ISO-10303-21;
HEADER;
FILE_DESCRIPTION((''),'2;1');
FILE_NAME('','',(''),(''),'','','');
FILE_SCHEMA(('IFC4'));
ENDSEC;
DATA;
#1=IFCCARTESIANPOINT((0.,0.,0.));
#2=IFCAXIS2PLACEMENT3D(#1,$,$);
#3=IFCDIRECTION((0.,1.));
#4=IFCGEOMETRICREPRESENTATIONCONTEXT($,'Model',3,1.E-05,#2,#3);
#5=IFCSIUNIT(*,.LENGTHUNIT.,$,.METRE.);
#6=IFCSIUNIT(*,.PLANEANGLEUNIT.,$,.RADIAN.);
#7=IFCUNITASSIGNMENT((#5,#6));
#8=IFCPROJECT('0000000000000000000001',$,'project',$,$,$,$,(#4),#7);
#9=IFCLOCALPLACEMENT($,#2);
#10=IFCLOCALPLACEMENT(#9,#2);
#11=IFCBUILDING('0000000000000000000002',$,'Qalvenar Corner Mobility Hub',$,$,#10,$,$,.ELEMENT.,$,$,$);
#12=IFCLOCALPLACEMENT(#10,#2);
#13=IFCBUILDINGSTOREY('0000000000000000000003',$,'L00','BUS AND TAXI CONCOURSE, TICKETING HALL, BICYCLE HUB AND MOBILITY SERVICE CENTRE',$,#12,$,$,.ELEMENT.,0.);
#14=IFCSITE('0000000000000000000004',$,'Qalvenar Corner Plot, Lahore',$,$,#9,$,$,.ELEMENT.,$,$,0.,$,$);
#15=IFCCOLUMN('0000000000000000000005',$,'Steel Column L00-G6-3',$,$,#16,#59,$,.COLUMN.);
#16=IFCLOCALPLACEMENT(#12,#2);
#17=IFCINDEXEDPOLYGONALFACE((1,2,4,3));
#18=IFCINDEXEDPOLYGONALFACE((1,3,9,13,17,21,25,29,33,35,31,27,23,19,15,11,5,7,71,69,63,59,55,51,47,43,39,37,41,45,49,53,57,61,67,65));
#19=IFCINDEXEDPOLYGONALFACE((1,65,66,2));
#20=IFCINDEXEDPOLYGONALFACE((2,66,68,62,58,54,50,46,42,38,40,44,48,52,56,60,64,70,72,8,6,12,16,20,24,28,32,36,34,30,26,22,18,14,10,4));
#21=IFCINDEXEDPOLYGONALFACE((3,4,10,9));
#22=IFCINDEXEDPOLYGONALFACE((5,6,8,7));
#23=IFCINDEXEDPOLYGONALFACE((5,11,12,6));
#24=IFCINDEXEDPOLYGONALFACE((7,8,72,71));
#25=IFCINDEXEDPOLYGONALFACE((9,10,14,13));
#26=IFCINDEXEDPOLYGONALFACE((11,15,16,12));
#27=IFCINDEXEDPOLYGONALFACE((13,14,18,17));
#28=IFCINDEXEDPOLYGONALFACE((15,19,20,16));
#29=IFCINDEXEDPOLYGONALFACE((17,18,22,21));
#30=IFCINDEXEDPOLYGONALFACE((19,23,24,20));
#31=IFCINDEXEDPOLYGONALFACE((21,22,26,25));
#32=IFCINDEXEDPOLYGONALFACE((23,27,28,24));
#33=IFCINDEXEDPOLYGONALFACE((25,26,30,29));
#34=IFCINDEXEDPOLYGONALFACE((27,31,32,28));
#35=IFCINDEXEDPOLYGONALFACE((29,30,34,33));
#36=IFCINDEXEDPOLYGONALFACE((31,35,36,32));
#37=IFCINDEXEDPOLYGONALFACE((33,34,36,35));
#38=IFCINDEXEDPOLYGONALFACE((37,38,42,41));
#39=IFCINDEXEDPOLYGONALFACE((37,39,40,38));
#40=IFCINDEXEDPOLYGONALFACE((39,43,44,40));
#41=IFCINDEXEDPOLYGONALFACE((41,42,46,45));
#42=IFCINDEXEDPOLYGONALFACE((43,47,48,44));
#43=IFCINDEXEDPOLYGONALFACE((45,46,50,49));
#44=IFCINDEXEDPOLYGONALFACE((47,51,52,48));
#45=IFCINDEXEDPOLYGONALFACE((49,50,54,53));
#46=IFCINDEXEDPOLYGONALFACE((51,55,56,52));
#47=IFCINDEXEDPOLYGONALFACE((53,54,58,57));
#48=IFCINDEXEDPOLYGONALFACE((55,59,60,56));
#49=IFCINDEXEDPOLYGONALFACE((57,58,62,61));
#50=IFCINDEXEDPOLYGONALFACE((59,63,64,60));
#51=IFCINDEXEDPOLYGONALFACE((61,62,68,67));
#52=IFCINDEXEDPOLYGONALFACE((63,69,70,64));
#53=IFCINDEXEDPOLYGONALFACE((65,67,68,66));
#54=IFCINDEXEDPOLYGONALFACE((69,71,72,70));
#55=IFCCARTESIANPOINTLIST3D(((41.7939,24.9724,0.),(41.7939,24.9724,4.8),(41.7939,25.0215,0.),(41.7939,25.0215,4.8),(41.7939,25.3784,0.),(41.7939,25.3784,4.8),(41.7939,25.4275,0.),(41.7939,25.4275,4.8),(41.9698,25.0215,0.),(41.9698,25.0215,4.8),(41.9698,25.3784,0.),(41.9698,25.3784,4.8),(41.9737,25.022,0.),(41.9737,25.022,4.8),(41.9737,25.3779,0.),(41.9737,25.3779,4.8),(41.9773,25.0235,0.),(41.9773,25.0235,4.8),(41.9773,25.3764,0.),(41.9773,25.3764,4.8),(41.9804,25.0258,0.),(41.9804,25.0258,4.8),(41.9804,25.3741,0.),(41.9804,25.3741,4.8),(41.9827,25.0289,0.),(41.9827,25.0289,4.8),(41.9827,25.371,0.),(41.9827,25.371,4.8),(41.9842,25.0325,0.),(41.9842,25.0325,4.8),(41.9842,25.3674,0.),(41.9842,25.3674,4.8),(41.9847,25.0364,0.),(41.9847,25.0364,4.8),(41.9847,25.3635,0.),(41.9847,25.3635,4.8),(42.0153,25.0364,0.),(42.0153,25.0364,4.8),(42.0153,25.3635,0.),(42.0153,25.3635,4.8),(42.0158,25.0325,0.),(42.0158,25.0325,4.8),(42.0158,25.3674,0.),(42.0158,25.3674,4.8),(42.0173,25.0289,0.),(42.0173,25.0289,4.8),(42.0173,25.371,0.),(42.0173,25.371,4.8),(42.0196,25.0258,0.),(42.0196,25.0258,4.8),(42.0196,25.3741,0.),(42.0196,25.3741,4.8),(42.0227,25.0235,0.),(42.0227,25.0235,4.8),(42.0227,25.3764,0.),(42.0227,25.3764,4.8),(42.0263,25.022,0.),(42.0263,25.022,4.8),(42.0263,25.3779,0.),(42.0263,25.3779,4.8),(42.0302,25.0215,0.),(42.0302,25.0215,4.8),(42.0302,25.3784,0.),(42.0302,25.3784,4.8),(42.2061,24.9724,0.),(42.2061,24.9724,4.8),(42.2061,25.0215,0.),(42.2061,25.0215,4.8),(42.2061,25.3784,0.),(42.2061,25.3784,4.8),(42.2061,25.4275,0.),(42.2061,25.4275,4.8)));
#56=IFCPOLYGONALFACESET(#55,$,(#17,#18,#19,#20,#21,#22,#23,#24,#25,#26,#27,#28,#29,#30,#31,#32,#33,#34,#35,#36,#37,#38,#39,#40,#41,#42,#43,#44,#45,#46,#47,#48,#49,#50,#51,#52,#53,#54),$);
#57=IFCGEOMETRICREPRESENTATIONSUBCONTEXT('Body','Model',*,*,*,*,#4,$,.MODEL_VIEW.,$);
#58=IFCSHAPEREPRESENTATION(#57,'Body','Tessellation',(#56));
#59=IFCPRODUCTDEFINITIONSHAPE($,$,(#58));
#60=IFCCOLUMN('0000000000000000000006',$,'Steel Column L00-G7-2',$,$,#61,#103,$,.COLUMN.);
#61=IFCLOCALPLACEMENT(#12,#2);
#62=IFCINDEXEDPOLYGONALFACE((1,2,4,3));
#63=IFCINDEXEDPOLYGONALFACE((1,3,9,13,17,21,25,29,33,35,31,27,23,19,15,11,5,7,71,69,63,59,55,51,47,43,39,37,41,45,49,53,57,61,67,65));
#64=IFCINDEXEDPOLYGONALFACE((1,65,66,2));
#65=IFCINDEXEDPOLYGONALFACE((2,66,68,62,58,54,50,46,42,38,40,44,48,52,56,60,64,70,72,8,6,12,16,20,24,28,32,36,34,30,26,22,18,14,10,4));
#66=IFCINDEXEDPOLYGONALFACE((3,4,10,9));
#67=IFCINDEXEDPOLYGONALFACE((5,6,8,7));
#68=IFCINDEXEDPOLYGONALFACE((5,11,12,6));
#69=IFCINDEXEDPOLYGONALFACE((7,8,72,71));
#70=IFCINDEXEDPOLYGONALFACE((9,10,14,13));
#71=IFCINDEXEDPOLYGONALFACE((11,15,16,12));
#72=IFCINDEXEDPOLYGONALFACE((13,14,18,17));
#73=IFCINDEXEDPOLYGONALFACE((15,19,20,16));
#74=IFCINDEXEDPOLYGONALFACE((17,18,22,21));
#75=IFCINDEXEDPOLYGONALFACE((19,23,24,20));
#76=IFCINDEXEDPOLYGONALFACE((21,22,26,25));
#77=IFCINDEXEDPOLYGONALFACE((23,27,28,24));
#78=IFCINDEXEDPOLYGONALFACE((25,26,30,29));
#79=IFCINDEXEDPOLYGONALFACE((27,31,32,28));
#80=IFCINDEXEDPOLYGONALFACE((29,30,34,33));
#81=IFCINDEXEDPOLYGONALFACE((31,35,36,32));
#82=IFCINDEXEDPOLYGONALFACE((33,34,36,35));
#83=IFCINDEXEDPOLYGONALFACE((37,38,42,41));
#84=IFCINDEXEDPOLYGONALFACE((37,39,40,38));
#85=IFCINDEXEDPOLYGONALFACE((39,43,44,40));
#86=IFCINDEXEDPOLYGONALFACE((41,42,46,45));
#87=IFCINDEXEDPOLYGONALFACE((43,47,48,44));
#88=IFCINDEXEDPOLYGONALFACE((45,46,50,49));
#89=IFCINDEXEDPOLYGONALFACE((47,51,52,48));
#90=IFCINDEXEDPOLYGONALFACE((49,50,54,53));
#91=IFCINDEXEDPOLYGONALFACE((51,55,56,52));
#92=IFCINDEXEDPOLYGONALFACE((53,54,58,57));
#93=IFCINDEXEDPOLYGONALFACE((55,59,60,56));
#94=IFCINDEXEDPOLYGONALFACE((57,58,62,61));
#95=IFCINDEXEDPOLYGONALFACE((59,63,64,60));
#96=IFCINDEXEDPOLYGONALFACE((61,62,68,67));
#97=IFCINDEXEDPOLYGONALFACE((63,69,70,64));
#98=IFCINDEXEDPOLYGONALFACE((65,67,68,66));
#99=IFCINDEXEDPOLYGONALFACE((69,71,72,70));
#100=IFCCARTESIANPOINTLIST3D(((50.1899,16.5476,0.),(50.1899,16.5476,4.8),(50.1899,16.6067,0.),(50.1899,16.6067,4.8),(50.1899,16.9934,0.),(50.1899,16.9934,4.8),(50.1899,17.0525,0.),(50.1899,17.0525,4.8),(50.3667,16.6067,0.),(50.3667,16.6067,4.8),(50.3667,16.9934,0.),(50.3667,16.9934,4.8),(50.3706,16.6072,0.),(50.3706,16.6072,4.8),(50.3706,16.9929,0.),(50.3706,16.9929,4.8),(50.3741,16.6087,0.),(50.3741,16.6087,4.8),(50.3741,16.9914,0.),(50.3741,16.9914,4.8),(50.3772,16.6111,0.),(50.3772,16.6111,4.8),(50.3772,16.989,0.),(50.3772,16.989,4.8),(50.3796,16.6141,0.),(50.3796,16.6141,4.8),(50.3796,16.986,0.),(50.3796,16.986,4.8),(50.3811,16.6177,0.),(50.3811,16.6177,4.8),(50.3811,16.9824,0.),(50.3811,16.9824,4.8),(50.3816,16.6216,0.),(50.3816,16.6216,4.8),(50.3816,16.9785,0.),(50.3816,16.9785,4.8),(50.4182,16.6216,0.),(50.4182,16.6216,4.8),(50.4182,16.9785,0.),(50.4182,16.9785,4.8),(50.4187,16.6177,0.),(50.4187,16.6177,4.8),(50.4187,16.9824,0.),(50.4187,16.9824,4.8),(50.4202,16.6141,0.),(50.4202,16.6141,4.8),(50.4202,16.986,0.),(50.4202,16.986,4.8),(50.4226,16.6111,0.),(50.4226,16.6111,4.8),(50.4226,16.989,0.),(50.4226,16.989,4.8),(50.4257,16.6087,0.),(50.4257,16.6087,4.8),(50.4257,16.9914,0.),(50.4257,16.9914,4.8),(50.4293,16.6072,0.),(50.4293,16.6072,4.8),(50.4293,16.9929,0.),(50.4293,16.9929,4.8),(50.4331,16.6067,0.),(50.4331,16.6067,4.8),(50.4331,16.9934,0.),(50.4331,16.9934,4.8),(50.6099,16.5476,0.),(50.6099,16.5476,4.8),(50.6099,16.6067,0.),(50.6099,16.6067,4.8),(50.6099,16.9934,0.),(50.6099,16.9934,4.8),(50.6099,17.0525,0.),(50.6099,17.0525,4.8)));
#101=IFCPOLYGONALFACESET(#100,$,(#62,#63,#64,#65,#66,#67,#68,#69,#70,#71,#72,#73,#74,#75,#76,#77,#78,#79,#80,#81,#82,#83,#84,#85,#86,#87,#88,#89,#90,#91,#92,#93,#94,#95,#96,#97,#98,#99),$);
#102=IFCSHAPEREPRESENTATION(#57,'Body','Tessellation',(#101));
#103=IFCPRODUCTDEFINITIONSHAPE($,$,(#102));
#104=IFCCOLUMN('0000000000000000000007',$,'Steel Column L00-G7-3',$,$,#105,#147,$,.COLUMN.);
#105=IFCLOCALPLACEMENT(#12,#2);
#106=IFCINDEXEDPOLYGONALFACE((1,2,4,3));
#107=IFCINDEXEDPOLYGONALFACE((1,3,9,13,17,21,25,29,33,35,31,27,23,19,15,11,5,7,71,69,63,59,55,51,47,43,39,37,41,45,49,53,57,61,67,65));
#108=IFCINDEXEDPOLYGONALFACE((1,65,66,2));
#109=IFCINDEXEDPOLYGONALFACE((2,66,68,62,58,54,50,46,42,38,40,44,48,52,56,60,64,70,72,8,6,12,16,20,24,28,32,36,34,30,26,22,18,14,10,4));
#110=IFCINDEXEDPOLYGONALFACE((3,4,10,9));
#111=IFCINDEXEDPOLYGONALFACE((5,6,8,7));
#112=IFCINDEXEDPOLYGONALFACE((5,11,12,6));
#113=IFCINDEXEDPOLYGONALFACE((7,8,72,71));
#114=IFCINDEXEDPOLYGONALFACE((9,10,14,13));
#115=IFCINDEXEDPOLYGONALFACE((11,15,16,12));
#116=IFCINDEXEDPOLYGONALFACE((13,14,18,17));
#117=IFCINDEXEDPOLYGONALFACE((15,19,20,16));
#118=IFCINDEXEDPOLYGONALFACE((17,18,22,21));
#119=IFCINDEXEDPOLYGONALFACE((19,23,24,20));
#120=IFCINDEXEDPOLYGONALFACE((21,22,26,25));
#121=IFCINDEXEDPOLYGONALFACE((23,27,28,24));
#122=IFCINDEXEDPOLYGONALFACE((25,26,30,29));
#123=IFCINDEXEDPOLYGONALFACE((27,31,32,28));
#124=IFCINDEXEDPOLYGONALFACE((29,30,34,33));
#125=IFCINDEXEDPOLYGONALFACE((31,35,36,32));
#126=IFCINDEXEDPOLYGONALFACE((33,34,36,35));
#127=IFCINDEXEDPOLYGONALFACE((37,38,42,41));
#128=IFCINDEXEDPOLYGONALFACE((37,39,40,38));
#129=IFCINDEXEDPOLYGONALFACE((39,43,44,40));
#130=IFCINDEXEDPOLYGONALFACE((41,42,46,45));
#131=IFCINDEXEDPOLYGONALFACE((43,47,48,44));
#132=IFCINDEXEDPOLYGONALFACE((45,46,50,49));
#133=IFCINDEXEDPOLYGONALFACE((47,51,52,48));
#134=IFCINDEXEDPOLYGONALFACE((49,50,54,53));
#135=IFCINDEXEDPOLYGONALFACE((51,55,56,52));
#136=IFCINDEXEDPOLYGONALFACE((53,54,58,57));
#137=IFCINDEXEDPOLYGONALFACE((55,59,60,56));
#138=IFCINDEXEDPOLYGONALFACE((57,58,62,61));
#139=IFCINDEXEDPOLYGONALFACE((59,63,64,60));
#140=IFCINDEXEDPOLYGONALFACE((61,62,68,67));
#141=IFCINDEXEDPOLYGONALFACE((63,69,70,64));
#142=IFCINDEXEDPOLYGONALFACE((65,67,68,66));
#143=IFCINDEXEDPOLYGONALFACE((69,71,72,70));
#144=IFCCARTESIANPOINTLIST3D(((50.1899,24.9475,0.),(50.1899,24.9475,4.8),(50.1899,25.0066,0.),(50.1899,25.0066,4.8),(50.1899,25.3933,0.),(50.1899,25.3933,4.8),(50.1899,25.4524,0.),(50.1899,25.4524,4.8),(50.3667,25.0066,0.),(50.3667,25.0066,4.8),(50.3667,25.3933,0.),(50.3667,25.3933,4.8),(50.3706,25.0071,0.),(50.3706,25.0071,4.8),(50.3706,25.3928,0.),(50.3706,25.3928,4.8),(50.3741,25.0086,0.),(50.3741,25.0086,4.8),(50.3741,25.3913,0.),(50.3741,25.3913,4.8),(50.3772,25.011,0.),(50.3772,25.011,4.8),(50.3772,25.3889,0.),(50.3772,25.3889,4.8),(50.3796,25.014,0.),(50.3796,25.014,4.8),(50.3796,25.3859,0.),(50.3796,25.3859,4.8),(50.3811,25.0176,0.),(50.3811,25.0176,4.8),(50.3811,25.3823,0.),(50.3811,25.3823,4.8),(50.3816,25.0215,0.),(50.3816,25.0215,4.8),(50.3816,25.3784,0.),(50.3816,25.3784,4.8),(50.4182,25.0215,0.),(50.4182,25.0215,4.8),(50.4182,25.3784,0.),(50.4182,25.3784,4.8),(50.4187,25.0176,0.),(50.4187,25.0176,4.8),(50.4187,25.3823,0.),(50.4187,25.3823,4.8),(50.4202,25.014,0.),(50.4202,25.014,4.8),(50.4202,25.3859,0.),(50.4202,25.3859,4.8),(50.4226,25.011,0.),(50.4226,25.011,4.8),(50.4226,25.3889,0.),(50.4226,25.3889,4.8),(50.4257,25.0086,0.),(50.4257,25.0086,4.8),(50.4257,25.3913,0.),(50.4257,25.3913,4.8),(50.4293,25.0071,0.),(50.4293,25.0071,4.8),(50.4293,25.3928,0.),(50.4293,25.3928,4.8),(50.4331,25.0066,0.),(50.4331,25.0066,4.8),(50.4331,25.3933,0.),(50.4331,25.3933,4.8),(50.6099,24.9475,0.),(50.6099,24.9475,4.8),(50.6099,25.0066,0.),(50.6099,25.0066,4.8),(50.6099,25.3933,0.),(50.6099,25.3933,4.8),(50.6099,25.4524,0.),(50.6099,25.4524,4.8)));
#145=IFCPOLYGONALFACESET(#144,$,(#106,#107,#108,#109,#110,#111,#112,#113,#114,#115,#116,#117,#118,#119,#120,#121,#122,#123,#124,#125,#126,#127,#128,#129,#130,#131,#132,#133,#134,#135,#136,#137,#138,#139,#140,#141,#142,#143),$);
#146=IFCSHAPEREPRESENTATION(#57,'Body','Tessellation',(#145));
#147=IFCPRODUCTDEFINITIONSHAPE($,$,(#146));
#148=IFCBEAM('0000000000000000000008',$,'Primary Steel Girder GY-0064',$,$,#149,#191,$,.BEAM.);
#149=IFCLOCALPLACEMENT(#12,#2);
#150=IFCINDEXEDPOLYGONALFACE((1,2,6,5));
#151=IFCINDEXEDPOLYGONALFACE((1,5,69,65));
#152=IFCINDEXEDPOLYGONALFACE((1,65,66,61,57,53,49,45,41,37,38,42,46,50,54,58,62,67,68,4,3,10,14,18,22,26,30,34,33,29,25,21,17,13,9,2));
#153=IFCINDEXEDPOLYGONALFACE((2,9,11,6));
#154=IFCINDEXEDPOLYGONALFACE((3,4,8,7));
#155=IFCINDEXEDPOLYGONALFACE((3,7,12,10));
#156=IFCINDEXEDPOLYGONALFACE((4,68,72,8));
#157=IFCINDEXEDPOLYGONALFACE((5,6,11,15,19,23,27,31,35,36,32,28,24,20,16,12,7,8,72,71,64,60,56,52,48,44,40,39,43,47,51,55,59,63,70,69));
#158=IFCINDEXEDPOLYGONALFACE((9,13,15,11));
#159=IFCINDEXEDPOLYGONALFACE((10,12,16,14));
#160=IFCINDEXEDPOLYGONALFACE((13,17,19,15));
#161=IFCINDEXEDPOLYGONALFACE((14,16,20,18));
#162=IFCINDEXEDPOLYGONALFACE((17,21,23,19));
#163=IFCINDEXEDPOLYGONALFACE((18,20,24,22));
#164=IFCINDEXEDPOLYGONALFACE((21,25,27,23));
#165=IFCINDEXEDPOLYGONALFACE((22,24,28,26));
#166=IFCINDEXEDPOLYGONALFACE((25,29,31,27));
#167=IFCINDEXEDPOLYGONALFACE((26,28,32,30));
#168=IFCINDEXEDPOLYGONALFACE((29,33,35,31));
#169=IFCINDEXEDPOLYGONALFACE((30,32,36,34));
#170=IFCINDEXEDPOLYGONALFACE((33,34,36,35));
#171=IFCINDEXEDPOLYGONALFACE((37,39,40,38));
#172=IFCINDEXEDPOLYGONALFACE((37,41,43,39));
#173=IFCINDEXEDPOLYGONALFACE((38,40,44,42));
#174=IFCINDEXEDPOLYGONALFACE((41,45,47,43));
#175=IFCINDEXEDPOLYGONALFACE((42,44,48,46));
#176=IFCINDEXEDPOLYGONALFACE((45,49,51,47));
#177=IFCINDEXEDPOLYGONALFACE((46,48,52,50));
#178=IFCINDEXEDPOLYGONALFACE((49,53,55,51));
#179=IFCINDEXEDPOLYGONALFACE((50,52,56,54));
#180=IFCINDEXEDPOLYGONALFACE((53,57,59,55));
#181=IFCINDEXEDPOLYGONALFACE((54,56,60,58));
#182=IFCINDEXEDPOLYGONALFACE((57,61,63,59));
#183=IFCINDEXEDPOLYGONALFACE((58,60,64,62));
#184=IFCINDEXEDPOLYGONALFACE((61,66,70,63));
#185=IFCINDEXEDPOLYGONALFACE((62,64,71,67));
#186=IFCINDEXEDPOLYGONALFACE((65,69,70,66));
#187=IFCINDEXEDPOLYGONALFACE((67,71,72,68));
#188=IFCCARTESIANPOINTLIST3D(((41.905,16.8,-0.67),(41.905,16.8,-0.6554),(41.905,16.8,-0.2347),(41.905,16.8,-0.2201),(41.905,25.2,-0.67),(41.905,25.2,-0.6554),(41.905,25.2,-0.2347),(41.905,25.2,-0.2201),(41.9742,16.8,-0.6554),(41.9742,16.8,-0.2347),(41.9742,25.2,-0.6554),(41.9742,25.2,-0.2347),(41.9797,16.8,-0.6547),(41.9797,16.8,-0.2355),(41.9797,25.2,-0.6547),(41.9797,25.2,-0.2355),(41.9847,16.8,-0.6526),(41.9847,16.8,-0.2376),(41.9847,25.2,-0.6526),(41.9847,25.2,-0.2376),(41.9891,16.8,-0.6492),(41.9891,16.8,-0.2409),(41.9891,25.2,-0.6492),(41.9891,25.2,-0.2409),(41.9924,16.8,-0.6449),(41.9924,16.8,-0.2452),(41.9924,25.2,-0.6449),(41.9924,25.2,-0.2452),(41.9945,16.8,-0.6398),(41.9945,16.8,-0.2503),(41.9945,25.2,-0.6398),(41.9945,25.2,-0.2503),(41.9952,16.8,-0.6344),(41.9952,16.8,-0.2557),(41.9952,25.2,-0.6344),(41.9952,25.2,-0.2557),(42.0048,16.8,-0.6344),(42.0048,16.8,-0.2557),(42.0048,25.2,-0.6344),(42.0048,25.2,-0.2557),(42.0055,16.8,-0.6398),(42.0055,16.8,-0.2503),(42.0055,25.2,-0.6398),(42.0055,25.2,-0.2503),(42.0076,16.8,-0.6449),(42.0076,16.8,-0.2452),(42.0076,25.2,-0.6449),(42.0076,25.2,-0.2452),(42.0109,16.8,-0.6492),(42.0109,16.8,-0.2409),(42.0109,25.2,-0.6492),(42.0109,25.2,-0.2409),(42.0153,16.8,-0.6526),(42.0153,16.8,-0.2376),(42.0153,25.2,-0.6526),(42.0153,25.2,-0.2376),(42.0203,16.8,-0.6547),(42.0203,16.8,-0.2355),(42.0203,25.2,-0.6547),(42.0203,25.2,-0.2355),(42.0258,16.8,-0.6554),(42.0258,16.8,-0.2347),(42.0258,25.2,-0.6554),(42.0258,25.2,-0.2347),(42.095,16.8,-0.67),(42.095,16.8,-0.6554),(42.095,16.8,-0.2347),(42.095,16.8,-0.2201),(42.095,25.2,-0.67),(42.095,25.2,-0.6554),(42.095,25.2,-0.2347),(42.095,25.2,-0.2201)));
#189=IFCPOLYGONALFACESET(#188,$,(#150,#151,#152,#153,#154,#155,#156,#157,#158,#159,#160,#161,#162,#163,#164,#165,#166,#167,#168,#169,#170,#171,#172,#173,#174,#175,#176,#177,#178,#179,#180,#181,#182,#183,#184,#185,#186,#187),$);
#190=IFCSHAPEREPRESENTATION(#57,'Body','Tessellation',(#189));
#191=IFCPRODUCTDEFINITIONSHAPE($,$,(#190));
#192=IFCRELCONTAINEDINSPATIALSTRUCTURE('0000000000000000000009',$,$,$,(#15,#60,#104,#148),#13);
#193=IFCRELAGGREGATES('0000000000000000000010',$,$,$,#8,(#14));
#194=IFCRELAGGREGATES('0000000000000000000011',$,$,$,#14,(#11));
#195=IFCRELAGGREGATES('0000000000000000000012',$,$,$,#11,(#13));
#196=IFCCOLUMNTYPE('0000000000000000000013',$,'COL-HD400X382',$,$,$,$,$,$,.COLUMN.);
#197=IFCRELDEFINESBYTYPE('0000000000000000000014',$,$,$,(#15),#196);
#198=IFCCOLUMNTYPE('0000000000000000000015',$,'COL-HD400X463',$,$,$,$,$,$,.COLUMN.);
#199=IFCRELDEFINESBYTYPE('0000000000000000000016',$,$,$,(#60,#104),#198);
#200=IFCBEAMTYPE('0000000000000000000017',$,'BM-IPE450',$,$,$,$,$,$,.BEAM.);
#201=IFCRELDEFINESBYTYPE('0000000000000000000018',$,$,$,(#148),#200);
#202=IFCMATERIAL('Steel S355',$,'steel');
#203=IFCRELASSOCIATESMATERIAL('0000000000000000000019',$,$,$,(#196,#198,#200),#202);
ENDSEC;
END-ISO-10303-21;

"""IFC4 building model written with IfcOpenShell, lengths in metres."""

from ifc_helpers import new_model, si_unit, direction, frame, origin, origin_2d, place, context, subcontext, project, spatial, i_section, extrude, material, material_profile, profile_set, type_object, element, save


model = new_model("IFC4")

# Units and contexts
model_context = context("Model", 3, precision=1e-05, world=origin(), true_north=direction((0.0, 1.0)))
body_context = subcontext(model_context, "Body", "Model", "MODEL_VIEW")
ifc_project = project(units=[si_unit("LENGTHUNIT", "METRE"), si_unit("PLANEANGLEUNIT", "RADIAN")], contexts=[model_context])

# Site, building, storey
site_placement = place(None, origin())
site = spatial("IfcSite", under=ifc_project, at=site_placement, Name="Qalvenar Corner Plot, Lahore", CompositionType="ELEMENT", RefElevation=0.0)
building_placement = place(site_placement, origin())
building = spatial("IfcBuilding", under=site, at=building_placement, Name="Qalvenar Corner Mobility Hub", CompositionType="ELEMENT")
storey_placement = place(building_placement, origin())
storey = spatial("IfcBuildingStorey", under=building, at=storey_placement, Name="L00", Description="BUS AND TAXI CONCOURSE, TICKETING HALL, BICYCLE HUB AND MOBILITY SERVICE CENTRE", CompositionType="ELEMENT", Elevation=0.0)

# Columns
ifc_material_1 = material(Name="Steel S355", Category="steel")
ifc_material_profile_1 = material_profile(ifc_material_1, i_section(OverallWidth=0.4121, OverallDepth=0.4551, WebThickness=0.0305, FlangeThickness=0.0491, FilletRadius=0.0149, at=origin_2d()), Name="HD400x421")
ifc_profile_set_1 = profile_set([ifc_material_profile_1], Name="Steel S355")
column_type_1 = type_object("IfcColumnType", Name="COL-HD400X382", PredefinedType="COLUMN", material=ifc_profile_set_1)
column_placement = place(storey_placement, frame((42.0, 25.2, 0.0), z_axis=(0.0, 0.0, 1.0), x_axis=(1.0, 0.0, 0.0)))
element("IfcColumn", 1, at=column_placement, inside=storey, type_object=column_type_1, Name="Steel Column L00-G6-3", PredefinedType="COLUMN", context=body_context, shape_type="SweptSolid", body=[
    extrude(i_section(OverallWidth=0.4121, OverallDepth=0.4551, WebThickness=0.0305, FlangeThickness=0.0491, FilletRadius=0.0149, at=origin_2d()), origin(), (0.0, 0.0, 1.0), 4.8),
])
ifc_material_profile_2 = material_profile(ifc_material_1, i_section(OverallWidth=0.4199, OverallDepth=0.5049, WebThickness=0.0366, FlangeThickness=0.0591, FilletRadius=0.0149, at=origin_2d()), Name="HD400x551")
ifc_profile_set_2 = profile_set([ifc_material_profile_2], Name="Steel S355")
column_type_2 = type_object("IfcColumnType", Name="COL-HD400X463", PredefinedType="COLUMN", material=ifc_profile_set_2)
for number, where, z_axis, x_axis, name in (
    (2, (50.3999, 16.8, 0.0), (0.0, 0.0, 1.0), (1.0, 0.0, 0.0), "Steel Column L00-G7-2"),
    (3, (50.3999, 25.2, 0.0), (0.0, 0.0, 1.0), (1.0, 0.0, 0.0), "Steel Column L00-G7-3"),
):
    element("IfcColumn", number, at=place(storey_placement, frame(where, z_axis=z_axis, x_axis=x_axis)), inside=storey, type_object=column_type_2, Name=name, PredefinedType="COLUMN", context=body_context, shape_type="SweptSolid", body=[
        extrude(i_section(OverallWidth=0.4199, OverallDepth=0.5049, WebThickness=0.0366, FlangeThickness=0.0591, FilletRadius=0.0149, at=origin_2d()), origin(), (0.0, 0.0, 1.0), 4.8),
    ])

# Beam
ifc_material_profile_3 = material_profile(ifc_material_1, i_section(OverallWidth=0.1899, OverallDepth=0.45, WebThickness=0.0095, FlangeThickness=0.0146, FilletRadius=0.021, at=origin_2d()), Name="IPE450")
ifc_profile_set_3 = profile_set([ifc_material_profile_3], Name="Steel S355")
beam_type_1 = type_object("IfcBeamType", Name="BM-IPE450", PredefinedType="BEAM", material=ifc_profile_set_3)
beam_1_placement = place(storey_placement, frame((42.0, 16.8, -0.4451), z_axis=(0.0, 1.0, 0.0), x_axis=(-1.0, 0.0, 0.0)))
element("IfcBeam", 4, at=beam_1_placement, inside=storey, type_object=beam_type_1, Name="Primary Steel Girder GY-0064", PredefinedType="BEAM", context=body_context, shape_type="SweptSolid", body=[
    extrude(i_section(OverallWidth=0.1899, OverallDepth=0.45, WebThickness=0.0095, FlangeThickness=0.0146, FilletRadius=0.021, at=origin_2d()), origin(), (0.0, 0.0, 1.0), 8.3999),
])

save(model, "model.ifc")
